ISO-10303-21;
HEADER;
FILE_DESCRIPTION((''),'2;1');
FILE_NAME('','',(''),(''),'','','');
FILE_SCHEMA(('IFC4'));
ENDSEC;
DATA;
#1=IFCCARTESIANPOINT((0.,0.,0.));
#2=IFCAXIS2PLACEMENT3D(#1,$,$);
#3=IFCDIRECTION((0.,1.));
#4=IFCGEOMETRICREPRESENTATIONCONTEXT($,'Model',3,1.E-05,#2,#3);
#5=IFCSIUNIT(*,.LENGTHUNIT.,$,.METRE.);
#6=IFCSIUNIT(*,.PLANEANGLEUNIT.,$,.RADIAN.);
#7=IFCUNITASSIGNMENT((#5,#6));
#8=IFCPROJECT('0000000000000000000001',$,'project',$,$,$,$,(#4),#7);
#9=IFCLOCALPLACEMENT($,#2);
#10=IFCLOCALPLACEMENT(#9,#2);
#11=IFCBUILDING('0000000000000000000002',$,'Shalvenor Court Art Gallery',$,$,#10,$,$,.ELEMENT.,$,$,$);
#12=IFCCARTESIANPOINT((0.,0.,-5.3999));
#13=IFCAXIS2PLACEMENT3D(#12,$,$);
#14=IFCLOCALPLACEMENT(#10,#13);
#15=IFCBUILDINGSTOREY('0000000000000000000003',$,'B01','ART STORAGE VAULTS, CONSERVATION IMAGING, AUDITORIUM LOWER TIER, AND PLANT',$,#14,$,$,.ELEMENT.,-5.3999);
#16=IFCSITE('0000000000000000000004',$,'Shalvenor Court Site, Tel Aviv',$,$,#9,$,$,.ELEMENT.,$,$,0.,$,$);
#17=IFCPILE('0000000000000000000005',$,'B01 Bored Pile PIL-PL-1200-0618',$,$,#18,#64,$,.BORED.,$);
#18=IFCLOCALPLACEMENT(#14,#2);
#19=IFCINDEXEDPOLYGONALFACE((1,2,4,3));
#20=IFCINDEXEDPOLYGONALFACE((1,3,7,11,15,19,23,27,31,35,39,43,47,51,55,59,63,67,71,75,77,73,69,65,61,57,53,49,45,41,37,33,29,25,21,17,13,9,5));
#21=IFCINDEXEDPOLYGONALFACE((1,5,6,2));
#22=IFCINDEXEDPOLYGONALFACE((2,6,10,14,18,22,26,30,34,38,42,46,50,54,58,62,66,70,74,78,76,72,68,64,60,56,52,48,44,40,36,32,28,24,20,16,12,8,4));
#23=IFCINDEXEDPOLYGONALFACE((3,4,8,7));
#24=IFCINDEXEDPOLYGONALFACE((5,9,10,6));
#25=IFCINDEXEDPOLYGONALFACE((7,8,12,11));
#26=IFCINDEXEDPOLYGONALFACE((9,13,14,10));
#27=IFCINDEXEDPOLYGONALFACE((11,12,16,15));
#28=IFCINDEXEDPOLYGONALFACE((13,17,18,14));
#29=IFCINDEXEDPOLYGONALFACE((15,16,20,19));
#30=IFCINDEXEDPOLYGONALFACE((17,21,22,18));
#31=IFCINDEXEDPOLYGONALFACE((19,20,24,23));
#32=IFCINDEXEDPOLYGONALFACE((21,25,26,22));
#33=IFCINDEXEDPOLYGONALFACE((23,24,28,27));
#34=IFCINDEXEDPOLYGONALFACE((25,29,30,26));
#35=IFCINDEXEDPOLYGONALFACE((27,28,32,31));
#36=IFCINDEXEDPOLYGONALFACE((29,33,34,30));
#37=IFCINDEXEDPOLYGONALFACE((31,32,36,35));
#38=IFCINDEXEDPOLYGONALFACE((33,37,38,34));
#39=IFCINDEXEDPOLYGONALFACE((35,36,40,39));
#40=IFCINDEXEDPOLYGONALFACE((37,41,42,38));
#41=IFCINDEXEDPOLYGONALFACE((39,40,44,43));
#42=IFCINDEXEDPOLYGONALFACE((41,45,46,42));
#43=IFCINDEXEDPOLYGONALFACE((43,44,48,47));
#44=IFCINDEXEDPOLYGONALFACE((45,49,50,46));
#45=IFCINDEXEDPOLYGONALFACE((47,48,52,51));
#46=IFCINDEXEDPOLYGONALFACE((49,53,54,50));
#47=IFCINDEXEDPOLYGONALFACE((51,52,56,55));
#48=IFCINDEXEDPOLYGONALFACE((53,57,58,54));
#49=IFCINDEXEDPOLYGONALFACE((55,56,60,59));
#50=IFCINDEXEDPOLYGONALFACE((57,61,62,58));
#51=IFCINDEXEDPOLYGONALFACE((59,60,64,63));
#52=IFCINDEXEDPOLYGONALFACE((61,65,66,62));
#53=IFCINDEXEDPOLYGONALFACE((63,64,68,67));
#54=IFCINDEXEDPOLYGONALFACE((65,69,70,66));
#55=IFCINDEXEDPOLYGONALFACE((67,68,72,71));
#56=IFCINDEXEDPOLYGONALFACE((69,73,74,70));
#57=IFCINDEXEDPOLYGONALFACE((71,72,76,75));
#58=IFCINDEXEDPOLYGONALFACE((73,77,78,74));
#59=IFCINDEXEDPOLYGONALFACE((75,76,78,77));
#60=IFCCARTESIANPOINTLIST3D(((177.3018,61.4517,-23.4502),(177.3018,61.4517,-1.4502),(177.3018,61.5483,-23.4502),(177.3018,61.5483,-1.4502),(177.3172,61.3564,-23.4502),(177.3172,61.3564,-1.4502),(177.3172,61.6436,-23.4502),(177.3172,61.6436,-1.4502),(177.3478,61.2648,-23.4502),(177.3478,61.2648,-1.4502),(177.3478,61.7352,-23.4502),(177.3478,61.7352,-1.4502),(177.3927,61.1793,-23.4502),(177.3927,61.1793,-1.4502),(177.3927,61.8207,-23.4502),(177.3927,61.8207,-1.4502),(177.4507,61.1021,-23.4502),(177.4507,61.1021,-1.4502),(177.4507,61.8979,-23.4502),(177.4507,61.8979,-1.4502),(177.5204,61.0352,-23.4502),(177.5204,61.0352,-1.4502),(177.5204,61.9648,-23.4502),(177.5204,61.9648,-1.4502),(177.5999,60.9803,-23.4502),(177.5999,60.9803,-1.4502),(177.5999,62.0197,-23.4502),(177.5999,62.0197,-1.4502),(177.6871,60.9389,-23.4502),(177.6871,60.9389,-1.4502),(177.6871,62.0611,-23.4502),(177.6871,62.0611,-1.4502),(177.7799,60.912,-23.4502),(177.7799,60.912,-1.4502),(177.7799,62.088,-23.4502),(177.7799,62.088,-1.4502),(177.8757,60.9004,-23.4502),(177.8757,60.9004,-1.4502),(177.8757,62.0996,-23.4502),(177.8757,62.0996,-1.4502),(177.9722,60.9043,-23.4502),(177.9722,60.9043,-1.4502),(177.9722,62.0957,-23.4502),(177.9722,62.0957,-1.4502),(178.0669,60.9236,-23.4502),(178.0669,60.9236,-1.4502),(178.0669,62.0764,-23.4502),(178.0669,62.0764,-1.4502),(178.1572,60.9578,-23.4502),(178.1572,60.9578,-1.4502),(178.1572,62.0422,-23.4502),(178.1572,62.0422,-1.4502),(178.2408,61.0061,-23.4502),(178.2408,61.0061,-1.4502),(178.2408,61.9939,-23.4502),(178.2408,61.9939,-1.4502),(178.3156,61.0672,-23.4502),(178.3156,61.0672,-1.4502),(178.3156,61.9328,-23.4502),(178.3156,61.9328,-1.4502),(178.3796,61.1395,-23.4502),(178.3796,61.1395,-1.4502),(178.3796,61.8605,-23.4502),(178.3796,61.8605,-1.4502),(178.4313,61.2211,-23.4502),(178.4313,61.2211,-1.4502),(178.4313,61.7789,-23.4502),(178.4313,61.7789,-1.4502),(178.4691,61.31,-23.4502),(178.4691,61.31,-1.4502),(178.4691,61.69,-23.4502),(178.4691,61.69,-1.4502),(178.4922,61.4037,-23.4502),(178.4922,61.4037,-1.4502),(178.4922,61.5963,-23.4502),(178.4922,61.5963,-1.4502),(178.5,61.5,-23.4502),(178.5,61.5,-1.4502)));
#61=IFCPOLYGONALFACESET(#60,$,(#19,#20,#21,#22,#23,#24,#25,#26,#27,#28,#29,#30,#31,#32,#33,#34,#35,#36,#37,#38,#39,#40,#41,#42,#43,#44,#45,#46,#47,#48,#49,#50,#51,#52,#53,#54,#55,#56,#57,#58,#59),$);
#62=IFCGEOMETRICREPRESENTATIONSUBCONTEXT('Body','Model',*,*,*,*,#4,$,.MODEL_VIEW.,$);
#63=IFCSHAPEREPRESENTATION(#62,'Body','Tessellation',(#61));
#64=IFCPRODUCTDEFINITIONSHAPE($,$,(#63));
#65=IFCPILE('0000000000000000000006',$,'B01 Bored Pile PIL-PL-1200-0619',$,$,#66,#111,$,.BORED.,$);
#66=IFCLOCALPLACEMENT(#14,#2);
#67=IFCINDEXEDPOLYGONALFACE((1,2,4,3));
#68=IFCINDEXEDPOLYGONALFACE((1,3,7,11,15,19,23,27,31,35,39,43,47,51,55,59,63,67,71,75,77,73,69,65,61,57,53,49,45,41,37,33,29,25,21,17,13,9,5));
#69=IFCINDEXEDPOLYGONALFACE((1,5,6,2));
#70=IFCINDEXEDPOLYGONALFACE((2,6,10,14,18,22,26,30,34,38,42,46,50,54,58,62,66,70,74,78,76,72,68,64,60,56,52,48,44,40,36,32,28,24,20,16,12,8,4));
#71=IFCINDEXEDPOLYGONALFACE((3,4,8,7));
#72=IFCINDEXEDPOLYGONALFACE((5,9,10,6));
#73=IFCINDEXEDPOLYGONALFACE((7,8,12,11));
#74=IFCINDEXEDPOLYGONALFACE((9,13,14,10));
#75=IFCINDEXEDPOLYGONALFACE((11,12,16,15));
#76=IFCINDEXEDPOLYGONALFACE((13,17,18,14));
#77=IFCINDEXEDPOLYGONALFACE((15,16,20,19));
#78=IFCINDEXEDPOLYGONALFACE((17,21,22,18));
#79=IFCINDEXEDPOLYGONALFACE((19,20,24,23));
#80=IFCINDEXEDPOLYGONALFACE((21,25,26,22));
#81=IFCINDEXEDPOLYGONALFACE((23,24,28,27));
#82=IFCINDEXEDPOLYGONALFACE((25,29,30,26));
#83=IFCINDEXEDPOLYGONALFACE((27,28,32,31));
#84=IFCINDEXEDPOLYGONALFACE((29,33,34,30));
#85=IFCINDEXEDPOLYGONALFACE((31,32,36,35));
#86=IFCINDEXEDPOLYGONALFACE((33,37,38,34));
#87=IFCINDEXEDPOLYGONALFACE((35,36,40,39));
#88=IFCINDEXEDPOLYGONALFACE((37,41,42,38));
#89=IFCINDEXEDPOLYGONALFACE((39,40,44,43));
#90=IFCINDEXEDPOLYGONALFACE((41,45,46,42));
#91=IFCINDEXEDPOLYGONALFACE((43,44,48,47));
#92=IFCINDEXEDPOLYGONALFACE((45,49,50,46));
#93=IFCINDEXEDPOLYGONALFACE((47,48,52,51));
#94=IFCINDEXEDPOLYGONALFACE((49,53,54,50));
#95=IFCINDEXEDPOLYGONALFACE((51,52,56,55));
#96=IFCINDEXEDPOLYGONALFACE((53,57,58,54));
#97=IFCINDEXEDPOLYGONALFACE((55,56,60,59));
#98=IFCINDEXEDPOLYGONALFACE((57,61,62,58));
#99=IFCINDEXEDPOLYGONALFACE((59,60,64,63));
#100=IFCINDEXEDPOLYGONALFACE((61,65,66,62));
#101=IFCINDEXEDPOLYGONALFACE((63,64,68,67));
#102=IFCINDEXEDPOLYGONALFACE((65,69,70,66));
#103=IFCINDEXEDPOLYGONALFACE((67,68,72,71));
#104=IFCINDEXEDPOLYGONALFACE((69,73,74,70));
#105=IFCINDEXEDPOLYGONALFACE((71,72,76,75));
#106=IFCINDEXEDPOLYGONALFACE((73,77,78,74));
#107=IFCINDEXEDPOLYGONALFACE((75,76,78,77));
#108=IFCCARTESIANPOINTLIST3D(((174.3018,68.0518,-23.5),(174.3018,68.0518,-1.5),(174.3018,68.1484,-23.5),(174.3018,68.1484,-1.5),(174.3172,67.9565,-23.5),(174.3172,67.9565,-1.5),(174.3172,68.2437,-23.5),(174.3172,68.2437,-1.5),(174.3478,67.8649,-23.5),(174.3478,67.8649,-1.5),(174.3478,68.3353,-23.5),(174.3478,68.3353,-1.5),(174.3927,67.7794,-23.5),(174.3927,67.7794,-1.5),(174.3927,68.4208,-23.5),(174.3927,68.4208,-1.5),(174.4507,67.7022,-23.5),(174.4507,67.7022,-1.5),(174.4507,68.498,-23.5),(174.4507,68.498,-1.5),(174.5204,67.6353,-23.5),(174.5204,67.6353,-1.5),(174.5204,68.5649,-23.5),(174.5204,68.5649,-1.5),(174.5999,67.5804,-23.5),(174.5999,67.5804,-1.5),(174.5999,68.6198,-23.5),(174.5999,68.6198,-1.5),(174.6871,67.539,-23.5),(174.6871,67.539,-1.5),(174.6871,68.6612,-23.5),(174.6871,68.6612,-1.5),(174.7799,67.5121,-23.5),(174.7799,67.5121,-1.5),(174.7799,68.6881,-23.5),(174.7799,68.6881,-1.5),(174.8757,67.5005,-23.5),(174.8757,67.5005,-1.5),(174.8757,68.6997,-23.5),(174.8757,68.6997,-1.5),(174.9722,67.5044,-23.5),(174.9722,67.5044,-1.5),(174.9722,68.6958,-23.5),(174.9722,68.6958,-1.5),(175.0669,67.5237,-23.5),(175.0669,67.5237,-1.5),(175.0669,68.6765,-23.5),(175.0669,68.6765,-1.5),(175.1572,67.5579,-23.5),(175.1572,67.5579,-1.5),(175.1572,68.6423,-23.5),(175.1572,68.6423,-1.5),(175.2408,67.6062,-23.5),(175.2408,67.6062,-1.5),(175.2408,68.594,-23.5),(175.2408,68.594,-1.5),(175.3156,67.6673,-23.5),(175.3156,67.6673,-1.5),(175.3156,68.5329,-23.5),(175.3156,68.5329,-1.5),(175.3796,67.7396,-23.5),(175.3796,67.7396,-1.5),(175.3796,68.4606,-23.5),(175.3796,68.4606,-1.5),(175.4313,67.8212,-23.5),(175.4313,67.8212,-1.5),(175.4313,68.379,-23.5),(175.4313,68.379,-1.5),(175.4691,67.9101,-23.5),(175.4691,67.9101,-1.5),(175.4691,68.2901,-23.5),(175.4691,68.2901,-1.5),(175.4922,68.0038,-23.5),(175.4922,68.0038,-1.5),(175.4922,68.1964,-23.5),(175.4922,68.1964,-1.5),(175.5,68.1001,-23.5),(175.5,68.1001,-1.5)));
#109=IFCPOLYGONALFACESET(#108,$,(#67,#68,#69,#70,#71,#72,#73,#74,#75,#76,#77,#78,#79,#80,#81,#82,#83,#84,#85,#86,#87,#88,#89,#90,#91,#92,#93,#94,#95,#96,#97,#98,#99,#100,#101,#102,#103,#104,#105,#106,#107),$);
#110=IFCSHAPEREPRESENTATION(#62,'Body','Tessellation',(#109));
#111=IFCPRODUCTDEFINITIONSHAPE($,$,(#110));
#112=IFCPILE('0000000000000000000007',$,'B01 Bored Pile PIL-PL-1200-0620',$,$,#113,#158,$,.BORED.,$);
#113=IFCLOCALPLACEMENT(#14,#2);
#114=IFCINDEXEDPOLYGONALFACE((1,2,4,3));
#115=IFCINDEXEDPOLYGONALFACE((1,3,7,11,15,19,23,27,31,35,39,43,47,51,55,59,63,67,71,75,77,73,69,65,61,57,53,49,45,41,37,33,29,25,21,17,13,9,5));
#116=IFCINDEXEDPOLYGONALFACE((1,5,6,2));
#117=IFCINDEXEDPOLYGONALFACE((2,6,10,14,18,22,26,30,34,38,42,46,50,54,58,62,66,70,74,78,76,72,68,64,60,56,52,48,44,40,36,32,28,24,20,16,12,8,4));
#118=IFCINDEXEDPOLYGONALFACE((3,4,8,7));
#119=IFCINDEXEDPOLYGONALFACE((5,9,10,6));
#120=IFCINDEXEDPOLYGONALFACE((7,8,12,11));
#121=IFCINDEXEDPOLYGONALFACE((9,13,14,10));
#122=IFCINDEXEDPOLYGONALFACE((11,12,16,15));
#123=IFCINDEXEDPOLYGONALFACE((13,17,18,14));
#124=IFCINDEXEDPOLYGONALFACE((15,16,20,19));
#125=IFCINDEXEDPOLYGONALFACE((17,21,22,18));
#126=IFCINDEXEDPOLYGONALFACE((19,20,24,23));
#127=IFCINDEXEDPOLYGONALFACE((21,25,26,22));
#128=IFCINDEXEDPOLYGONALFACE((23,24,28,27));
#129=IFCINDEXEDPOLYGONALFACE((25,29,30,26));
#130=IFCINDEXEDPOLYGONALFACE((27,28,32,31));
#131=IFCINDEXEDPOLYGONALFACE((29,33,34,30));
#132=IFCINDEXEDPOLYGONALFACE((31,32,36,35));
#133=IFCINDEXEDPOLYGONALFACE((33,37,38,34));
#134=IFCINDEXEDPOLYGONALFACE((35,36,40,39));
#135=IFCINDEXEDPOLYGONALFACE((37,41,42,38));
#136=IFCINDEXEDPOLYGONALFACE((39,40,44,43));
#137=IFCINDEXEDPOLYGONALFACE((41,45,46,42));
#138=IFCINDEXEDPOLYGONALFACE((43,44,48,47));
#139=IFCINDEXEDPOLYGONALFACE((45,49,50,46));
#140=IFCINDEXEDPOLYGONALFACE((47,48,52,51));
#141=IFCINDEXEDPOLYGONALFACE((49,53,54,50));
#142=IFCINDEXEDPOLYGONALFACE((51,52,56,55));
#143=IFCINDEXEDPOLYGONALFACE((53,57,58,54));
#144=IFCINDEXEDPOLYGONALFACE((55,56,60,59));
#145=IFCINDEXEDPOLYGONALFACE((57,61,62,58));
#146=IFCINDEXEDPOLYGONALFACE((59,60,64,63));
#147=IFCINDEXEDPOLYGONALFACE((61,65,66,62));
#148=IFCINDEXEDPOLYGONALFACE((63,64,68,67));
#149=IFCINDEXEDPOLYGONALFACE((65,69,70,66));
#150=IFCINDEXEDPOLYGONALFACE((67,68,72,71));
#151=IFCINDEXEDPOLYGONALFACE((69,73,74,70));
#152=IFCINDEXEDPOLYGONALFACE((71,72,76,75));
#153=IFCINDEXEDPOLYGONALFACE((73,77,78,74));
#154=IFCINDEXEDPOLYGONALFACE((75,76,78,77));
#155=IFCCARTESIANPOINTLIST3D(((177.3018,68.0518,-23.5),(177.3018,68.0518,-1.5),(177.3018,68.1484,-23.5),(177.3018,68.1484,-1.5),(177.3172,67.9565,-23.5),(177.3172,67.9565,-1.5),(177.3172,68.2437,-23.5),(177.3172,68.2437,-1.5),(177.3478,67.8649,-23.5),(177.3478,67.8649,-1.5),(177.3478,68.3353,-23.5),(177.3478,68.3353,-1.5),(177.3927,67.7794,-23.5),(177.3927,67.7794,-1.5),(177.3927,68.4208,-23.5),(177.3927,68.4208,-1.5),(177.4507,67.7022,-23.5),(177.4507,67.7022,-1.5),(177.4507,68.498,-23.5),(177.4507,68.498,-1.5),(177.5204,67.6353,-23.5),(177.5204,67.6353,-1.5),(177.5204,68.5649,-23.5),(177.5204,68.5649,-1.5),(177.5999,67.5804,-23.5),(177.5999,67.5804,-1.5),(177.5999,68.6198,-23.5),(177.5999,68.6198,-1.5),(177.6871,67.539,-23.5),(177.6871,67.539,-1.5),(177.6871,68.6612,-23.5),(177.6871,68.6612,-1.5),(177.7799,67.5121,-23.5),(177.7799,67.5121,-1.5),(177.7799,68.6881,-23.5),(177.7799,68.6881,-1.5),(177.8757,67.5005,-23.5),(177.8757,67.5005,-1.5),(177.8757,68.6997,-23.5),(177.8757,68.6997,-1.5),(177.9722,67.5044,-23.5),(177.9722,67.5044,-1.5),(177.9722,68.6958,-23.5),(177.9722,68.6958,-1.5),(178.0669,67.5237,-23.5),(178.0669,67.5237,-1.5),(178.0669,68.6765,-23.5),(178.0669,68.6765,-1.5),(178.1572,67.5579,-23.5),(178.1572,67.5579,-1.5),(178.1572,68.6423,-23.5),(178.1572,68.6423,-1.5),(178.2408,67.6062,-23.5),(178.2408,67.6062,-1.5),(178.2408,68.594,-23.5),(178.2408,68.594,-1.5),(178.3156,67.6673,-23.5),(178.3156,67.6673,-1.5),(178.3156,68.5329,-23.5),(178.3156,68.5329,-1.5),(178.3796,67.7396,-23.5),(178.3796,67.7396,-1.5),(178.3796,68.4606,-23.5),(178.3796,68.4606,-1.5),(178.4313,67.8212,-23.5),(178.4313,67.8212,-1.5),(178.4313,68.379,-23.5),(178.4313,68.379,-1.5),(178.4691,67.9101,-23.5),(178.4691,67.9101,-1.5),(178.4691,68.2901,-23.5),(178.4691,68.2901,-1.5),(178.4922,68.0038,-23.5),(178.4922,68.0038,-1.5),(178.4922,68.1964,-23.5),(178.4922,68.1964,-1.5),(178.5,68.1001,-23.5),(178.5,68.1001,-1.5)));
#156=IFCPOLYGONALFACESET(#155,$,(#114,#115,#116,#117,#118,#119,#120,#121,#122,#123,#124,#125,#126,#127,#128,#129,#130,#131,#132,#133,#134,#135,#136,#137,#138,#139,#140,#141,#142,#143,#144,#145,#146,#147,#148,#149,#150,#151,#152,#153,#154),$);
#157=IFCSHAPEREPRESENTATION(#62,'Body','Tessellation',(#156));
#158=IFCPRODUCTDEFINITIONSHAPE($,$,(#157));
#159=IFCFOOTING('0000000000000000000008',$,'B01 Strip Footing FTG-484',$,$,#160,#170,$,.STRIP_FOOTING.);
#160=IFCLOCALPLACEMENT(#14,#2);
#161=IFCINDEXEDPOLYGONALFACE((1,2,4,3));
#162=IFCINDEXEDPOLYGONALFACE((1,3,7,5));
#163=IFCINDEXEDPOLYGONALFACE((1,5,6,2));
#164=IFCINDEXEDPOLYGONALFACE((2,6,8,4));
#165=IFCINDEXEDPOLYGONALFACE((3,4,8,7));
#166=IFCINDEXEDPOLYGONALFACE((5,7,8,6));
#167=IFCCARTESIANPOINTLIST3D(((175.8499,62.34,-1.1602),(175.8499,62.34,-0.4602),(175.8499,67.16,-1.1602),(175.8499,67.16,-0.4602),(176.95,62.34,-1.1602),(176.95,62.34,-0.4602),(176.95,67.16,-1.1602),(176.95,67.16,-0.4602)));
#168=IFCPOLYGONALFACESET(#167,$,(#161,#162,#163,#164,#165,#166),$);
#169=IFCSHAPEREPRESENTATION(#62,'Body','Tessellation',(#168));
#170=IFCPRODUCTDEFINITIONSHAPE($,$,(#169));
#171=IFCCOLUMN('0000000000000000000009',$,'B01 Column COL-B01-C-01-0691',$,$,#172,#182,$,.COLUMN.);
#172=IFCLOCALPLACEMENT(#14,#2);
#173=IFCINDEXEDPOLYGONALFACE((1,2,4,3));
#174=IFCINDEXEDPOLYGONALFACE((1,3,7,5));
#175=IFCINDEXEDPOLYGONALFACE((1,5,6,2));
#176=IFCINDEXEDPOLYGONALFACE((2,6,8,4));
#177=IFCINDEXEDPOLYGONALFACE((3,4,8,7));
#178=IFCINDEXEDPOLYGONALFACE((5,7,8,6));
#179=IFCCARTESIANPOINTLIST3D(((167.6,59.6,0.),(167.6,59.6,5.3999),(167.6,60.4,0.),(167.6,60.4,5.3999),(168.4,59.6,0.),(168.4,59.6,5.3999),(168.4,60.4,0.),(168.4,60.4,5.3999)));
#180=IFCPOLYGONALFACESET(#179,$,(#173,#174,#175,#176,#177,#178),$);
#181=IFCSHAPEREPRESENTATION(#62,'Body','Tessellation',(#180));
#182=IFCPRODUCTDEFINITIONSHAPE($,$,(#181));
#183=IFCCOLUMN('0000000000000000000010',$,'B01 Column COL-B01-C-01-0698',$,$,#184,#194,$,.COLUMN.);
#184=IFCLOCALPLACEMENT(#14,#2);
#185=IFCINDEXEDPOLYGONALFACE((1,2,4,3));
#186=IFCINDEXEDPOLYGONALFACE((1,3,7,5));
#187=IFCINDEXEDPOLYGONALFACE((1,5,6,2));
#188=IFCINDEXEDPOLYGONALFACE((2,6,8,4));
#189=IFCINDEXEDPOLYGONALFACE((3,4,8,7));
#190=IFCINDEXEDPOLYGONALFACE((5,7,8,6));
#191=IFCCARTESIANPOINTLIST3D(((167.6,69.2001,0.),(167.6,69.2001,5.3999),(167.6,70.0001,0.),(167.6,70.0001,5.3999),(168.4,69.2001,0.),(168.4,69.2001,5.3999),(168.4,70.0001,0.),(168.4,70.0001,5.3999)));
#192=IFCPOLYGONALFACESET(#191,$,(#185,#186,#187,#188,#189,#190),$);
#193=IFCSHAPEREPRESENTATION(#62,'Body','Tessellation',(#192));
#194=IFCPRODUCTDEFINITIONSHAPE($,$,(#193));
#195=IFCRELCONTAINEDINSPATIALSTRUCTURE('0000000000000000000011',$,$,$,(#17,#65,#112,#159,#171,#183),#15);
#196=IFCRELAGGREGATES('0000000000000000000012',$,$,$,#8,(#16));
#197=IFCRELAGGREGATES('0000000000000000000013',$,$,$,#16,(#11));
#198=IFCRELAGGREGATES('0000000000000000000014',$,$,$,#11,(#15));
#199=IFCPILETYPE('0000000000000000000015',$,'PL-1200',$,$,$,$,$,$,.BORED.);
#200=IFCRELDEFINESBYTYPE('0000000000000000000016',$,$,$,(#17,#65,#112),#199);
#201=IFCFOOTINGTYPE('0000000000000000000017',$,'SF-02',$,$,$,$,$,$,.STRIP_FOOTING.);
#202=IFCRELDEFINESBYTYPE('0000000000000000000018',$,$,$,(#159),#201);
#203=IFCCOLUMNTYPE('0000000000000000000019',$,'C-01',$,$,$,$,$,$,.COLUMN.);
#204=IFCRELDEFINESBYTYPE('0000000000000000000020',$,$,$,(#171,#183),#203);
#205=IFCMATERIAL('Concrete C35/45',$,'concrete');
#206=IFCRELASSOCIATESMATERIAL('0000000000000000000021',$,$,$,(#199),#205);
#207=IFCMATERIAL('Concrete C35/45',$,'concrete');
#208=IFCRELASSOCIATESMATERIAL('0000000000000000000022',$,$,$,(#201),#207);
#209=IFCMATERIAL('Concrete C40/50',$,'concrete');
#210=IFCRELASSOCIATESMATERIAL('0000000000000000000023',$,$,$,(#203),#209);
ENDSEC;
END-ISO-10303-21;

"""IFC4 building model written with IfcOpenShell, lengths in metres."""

from ifc_helpers import new_model, si_unit, direction, frame, origin, origin_2d, place, context, subcontext, project, spatial, rectangle, circle, extrude, material, material_profile, profile_set, type_object, element, save


model = new_model("IFC4")

# Units and contexts
model_context = context("Model", 3, precision=1e-05, world=origin(), true_north=direction((0.0, 1.0)))
body_context = subcontext(model_context, "Body", "Model", "MODEL_VIEW")
ifc_project = project(units=[si_unit("LENGTHUNIT", "METRE"), si_unit("PLANEANGLEUNIT", "RADIAN")], contexts=[model_context])

# Site, building, storey
site_placement = place(None, origin())
site = spatial("IfcSite", under=ifc_project, at=site_placement, Name="Shalvenor Court Site, Tel Aviv", CompositionType="ELEMENT", RefElevation=0.0)
building_placement = place(site_placement, origin())
building = spatial("IfcBuilding", under=site, at=building_placement, Name="Shalvenor Court Art Gallery", CompositionType="ELEMENT")
storey_placement = place(building_placement, frame((0.0, 0.0, -5.3999)))
storey = spatial("IfcBuildingStorey", under=building, at=storey_placement, Name="B01", Description="ART STORAGE VAULTS, CONSERVATION IMAGING, AUDITORIUM LOWER TIER, AND PLANT", CompositionType="ELEMENT", Elevation=-5.3999)

# Piles
ifc_material_1 = material(Name="Concrete C35/45", Category="concrete")
ifc_material_profile_1 = material_profile(ifc_material_1, circle(Radius=0.6001, at=origin_2d()), Name="PILE 1200")
ifc_profile_set_1 = profile_set([ifc_material_profile_1], Name="Concrete C35/45")
pile_type = type_object("IfcPileType", Name="PL-1200", PredefinedType="BORED", material=ifc_profile_set_1)
for number, where, z_axis, x_axis, name in (
    (1, (177.8999, 61.5, -1.4502), (0.0, 0.0, -1.0), (1.0, 0.0, 0.0), "B01 Bored Pile PIL-PL-1200-0618"),
    (2, (174.8999, 68.1001, -1.5), (0.0, 0.0, -1.0), (1.0, 0.0, 0.0), "B01 Bored Pile PIL-PL-1200-0619"),
    (3, (177.8999, 68.1001, -1.5), (0.0, 0.0, -1.0), (1.0, 0.0, 0.0), "B01 Bored Pile PIL-PL-1200-0620"),
):
    element("IfcPile", number, at=place(storey_placement, frame(where, z_axis=z_axis, x_axis=x_axis)), inside=storey, type_object=pile_type, Name=name, PredefinedType="BORED", context=body_context, shape_type="SweptSolid", body=[
        extrude(circle(Radius=0.6001, at=origin_2d()), origin(), (0.0, 0.0, 1.0), 22.0),
    ])

# Footing
ifc_material_2 = material(Name="Concrete C35/45", Category="concrete")
footing_type_1 = type_object("IfcFootingType", Name="SF-02", PredefinedType="STRIP_FOOTING", material=ifc_material_2)
footing_1_placement = place(storey_placement, frame((176.3999, 64.75, -1.1602), z_axis=(0.0, 0.0, 1.0), x_axis=(0.0, 1.0, 0.0)))
element("IfcFooting", 4, at=footing_1_placement, inside=storey, type_object=footing_type_1, Name="B01 Strip Footing FTG-484", PredefinedType="STRIP_FOOTING", context=body_context, shape_type="SweptSolid", body=[
    extrude(rectangle(XDim=4.8201, YDim=1.1001, at=origin_2d()), origin(), (0.0, 0.0, 1.0), 0.7),
])

# Columns
ifc_material_3 = material(Name="Concrete C40/50", Category="concrete")
ifc_material_profile_2 = material_profile(ifc_material_3, rectangle(XDim=0.8, YDim=0.8, at=origin_2d()), Name="RC 800x800")
ifc_profile_set_2 = profile_set([ifc_material_profile_2], Name="Concrete C40/50")
column_type_1 = type_object("IfcColumnType", Name="C-01", PredefinedType="COLUMN", material=ifc_profile_set_2)
for number, where, z_axis, x_axis, name in (
    (5, (168.0, 60.0, 0.0), (0.0, 0.0, 1.0), (1.0, 0.0, 0.0), "B01 Column COL-B01-C-01-0691"),
    (6, (168.0, 69.6001, 0.0), (0.0, 0.0, 1.0), (1.0, 0.0, 0.0), "B01 Column COL-B01-C-01-0698"),
):
    element("IfcColumn", number, at=place(storey_placement, frame(where, z_axis=z_axis, x_axis=x_axis)), inside=storey, type_object=column_type_1, Name=name, PredefinedType="COLUMN", context=body_context, shape_type="SweptSolid", body=[
        extrude(rectangle(XDim=0.8, YDim=0.8, at=origin_2d()), origin(), (0.0, 0.0, 1.0), 5.3999),
    ])

save(model, "model.ifc")
